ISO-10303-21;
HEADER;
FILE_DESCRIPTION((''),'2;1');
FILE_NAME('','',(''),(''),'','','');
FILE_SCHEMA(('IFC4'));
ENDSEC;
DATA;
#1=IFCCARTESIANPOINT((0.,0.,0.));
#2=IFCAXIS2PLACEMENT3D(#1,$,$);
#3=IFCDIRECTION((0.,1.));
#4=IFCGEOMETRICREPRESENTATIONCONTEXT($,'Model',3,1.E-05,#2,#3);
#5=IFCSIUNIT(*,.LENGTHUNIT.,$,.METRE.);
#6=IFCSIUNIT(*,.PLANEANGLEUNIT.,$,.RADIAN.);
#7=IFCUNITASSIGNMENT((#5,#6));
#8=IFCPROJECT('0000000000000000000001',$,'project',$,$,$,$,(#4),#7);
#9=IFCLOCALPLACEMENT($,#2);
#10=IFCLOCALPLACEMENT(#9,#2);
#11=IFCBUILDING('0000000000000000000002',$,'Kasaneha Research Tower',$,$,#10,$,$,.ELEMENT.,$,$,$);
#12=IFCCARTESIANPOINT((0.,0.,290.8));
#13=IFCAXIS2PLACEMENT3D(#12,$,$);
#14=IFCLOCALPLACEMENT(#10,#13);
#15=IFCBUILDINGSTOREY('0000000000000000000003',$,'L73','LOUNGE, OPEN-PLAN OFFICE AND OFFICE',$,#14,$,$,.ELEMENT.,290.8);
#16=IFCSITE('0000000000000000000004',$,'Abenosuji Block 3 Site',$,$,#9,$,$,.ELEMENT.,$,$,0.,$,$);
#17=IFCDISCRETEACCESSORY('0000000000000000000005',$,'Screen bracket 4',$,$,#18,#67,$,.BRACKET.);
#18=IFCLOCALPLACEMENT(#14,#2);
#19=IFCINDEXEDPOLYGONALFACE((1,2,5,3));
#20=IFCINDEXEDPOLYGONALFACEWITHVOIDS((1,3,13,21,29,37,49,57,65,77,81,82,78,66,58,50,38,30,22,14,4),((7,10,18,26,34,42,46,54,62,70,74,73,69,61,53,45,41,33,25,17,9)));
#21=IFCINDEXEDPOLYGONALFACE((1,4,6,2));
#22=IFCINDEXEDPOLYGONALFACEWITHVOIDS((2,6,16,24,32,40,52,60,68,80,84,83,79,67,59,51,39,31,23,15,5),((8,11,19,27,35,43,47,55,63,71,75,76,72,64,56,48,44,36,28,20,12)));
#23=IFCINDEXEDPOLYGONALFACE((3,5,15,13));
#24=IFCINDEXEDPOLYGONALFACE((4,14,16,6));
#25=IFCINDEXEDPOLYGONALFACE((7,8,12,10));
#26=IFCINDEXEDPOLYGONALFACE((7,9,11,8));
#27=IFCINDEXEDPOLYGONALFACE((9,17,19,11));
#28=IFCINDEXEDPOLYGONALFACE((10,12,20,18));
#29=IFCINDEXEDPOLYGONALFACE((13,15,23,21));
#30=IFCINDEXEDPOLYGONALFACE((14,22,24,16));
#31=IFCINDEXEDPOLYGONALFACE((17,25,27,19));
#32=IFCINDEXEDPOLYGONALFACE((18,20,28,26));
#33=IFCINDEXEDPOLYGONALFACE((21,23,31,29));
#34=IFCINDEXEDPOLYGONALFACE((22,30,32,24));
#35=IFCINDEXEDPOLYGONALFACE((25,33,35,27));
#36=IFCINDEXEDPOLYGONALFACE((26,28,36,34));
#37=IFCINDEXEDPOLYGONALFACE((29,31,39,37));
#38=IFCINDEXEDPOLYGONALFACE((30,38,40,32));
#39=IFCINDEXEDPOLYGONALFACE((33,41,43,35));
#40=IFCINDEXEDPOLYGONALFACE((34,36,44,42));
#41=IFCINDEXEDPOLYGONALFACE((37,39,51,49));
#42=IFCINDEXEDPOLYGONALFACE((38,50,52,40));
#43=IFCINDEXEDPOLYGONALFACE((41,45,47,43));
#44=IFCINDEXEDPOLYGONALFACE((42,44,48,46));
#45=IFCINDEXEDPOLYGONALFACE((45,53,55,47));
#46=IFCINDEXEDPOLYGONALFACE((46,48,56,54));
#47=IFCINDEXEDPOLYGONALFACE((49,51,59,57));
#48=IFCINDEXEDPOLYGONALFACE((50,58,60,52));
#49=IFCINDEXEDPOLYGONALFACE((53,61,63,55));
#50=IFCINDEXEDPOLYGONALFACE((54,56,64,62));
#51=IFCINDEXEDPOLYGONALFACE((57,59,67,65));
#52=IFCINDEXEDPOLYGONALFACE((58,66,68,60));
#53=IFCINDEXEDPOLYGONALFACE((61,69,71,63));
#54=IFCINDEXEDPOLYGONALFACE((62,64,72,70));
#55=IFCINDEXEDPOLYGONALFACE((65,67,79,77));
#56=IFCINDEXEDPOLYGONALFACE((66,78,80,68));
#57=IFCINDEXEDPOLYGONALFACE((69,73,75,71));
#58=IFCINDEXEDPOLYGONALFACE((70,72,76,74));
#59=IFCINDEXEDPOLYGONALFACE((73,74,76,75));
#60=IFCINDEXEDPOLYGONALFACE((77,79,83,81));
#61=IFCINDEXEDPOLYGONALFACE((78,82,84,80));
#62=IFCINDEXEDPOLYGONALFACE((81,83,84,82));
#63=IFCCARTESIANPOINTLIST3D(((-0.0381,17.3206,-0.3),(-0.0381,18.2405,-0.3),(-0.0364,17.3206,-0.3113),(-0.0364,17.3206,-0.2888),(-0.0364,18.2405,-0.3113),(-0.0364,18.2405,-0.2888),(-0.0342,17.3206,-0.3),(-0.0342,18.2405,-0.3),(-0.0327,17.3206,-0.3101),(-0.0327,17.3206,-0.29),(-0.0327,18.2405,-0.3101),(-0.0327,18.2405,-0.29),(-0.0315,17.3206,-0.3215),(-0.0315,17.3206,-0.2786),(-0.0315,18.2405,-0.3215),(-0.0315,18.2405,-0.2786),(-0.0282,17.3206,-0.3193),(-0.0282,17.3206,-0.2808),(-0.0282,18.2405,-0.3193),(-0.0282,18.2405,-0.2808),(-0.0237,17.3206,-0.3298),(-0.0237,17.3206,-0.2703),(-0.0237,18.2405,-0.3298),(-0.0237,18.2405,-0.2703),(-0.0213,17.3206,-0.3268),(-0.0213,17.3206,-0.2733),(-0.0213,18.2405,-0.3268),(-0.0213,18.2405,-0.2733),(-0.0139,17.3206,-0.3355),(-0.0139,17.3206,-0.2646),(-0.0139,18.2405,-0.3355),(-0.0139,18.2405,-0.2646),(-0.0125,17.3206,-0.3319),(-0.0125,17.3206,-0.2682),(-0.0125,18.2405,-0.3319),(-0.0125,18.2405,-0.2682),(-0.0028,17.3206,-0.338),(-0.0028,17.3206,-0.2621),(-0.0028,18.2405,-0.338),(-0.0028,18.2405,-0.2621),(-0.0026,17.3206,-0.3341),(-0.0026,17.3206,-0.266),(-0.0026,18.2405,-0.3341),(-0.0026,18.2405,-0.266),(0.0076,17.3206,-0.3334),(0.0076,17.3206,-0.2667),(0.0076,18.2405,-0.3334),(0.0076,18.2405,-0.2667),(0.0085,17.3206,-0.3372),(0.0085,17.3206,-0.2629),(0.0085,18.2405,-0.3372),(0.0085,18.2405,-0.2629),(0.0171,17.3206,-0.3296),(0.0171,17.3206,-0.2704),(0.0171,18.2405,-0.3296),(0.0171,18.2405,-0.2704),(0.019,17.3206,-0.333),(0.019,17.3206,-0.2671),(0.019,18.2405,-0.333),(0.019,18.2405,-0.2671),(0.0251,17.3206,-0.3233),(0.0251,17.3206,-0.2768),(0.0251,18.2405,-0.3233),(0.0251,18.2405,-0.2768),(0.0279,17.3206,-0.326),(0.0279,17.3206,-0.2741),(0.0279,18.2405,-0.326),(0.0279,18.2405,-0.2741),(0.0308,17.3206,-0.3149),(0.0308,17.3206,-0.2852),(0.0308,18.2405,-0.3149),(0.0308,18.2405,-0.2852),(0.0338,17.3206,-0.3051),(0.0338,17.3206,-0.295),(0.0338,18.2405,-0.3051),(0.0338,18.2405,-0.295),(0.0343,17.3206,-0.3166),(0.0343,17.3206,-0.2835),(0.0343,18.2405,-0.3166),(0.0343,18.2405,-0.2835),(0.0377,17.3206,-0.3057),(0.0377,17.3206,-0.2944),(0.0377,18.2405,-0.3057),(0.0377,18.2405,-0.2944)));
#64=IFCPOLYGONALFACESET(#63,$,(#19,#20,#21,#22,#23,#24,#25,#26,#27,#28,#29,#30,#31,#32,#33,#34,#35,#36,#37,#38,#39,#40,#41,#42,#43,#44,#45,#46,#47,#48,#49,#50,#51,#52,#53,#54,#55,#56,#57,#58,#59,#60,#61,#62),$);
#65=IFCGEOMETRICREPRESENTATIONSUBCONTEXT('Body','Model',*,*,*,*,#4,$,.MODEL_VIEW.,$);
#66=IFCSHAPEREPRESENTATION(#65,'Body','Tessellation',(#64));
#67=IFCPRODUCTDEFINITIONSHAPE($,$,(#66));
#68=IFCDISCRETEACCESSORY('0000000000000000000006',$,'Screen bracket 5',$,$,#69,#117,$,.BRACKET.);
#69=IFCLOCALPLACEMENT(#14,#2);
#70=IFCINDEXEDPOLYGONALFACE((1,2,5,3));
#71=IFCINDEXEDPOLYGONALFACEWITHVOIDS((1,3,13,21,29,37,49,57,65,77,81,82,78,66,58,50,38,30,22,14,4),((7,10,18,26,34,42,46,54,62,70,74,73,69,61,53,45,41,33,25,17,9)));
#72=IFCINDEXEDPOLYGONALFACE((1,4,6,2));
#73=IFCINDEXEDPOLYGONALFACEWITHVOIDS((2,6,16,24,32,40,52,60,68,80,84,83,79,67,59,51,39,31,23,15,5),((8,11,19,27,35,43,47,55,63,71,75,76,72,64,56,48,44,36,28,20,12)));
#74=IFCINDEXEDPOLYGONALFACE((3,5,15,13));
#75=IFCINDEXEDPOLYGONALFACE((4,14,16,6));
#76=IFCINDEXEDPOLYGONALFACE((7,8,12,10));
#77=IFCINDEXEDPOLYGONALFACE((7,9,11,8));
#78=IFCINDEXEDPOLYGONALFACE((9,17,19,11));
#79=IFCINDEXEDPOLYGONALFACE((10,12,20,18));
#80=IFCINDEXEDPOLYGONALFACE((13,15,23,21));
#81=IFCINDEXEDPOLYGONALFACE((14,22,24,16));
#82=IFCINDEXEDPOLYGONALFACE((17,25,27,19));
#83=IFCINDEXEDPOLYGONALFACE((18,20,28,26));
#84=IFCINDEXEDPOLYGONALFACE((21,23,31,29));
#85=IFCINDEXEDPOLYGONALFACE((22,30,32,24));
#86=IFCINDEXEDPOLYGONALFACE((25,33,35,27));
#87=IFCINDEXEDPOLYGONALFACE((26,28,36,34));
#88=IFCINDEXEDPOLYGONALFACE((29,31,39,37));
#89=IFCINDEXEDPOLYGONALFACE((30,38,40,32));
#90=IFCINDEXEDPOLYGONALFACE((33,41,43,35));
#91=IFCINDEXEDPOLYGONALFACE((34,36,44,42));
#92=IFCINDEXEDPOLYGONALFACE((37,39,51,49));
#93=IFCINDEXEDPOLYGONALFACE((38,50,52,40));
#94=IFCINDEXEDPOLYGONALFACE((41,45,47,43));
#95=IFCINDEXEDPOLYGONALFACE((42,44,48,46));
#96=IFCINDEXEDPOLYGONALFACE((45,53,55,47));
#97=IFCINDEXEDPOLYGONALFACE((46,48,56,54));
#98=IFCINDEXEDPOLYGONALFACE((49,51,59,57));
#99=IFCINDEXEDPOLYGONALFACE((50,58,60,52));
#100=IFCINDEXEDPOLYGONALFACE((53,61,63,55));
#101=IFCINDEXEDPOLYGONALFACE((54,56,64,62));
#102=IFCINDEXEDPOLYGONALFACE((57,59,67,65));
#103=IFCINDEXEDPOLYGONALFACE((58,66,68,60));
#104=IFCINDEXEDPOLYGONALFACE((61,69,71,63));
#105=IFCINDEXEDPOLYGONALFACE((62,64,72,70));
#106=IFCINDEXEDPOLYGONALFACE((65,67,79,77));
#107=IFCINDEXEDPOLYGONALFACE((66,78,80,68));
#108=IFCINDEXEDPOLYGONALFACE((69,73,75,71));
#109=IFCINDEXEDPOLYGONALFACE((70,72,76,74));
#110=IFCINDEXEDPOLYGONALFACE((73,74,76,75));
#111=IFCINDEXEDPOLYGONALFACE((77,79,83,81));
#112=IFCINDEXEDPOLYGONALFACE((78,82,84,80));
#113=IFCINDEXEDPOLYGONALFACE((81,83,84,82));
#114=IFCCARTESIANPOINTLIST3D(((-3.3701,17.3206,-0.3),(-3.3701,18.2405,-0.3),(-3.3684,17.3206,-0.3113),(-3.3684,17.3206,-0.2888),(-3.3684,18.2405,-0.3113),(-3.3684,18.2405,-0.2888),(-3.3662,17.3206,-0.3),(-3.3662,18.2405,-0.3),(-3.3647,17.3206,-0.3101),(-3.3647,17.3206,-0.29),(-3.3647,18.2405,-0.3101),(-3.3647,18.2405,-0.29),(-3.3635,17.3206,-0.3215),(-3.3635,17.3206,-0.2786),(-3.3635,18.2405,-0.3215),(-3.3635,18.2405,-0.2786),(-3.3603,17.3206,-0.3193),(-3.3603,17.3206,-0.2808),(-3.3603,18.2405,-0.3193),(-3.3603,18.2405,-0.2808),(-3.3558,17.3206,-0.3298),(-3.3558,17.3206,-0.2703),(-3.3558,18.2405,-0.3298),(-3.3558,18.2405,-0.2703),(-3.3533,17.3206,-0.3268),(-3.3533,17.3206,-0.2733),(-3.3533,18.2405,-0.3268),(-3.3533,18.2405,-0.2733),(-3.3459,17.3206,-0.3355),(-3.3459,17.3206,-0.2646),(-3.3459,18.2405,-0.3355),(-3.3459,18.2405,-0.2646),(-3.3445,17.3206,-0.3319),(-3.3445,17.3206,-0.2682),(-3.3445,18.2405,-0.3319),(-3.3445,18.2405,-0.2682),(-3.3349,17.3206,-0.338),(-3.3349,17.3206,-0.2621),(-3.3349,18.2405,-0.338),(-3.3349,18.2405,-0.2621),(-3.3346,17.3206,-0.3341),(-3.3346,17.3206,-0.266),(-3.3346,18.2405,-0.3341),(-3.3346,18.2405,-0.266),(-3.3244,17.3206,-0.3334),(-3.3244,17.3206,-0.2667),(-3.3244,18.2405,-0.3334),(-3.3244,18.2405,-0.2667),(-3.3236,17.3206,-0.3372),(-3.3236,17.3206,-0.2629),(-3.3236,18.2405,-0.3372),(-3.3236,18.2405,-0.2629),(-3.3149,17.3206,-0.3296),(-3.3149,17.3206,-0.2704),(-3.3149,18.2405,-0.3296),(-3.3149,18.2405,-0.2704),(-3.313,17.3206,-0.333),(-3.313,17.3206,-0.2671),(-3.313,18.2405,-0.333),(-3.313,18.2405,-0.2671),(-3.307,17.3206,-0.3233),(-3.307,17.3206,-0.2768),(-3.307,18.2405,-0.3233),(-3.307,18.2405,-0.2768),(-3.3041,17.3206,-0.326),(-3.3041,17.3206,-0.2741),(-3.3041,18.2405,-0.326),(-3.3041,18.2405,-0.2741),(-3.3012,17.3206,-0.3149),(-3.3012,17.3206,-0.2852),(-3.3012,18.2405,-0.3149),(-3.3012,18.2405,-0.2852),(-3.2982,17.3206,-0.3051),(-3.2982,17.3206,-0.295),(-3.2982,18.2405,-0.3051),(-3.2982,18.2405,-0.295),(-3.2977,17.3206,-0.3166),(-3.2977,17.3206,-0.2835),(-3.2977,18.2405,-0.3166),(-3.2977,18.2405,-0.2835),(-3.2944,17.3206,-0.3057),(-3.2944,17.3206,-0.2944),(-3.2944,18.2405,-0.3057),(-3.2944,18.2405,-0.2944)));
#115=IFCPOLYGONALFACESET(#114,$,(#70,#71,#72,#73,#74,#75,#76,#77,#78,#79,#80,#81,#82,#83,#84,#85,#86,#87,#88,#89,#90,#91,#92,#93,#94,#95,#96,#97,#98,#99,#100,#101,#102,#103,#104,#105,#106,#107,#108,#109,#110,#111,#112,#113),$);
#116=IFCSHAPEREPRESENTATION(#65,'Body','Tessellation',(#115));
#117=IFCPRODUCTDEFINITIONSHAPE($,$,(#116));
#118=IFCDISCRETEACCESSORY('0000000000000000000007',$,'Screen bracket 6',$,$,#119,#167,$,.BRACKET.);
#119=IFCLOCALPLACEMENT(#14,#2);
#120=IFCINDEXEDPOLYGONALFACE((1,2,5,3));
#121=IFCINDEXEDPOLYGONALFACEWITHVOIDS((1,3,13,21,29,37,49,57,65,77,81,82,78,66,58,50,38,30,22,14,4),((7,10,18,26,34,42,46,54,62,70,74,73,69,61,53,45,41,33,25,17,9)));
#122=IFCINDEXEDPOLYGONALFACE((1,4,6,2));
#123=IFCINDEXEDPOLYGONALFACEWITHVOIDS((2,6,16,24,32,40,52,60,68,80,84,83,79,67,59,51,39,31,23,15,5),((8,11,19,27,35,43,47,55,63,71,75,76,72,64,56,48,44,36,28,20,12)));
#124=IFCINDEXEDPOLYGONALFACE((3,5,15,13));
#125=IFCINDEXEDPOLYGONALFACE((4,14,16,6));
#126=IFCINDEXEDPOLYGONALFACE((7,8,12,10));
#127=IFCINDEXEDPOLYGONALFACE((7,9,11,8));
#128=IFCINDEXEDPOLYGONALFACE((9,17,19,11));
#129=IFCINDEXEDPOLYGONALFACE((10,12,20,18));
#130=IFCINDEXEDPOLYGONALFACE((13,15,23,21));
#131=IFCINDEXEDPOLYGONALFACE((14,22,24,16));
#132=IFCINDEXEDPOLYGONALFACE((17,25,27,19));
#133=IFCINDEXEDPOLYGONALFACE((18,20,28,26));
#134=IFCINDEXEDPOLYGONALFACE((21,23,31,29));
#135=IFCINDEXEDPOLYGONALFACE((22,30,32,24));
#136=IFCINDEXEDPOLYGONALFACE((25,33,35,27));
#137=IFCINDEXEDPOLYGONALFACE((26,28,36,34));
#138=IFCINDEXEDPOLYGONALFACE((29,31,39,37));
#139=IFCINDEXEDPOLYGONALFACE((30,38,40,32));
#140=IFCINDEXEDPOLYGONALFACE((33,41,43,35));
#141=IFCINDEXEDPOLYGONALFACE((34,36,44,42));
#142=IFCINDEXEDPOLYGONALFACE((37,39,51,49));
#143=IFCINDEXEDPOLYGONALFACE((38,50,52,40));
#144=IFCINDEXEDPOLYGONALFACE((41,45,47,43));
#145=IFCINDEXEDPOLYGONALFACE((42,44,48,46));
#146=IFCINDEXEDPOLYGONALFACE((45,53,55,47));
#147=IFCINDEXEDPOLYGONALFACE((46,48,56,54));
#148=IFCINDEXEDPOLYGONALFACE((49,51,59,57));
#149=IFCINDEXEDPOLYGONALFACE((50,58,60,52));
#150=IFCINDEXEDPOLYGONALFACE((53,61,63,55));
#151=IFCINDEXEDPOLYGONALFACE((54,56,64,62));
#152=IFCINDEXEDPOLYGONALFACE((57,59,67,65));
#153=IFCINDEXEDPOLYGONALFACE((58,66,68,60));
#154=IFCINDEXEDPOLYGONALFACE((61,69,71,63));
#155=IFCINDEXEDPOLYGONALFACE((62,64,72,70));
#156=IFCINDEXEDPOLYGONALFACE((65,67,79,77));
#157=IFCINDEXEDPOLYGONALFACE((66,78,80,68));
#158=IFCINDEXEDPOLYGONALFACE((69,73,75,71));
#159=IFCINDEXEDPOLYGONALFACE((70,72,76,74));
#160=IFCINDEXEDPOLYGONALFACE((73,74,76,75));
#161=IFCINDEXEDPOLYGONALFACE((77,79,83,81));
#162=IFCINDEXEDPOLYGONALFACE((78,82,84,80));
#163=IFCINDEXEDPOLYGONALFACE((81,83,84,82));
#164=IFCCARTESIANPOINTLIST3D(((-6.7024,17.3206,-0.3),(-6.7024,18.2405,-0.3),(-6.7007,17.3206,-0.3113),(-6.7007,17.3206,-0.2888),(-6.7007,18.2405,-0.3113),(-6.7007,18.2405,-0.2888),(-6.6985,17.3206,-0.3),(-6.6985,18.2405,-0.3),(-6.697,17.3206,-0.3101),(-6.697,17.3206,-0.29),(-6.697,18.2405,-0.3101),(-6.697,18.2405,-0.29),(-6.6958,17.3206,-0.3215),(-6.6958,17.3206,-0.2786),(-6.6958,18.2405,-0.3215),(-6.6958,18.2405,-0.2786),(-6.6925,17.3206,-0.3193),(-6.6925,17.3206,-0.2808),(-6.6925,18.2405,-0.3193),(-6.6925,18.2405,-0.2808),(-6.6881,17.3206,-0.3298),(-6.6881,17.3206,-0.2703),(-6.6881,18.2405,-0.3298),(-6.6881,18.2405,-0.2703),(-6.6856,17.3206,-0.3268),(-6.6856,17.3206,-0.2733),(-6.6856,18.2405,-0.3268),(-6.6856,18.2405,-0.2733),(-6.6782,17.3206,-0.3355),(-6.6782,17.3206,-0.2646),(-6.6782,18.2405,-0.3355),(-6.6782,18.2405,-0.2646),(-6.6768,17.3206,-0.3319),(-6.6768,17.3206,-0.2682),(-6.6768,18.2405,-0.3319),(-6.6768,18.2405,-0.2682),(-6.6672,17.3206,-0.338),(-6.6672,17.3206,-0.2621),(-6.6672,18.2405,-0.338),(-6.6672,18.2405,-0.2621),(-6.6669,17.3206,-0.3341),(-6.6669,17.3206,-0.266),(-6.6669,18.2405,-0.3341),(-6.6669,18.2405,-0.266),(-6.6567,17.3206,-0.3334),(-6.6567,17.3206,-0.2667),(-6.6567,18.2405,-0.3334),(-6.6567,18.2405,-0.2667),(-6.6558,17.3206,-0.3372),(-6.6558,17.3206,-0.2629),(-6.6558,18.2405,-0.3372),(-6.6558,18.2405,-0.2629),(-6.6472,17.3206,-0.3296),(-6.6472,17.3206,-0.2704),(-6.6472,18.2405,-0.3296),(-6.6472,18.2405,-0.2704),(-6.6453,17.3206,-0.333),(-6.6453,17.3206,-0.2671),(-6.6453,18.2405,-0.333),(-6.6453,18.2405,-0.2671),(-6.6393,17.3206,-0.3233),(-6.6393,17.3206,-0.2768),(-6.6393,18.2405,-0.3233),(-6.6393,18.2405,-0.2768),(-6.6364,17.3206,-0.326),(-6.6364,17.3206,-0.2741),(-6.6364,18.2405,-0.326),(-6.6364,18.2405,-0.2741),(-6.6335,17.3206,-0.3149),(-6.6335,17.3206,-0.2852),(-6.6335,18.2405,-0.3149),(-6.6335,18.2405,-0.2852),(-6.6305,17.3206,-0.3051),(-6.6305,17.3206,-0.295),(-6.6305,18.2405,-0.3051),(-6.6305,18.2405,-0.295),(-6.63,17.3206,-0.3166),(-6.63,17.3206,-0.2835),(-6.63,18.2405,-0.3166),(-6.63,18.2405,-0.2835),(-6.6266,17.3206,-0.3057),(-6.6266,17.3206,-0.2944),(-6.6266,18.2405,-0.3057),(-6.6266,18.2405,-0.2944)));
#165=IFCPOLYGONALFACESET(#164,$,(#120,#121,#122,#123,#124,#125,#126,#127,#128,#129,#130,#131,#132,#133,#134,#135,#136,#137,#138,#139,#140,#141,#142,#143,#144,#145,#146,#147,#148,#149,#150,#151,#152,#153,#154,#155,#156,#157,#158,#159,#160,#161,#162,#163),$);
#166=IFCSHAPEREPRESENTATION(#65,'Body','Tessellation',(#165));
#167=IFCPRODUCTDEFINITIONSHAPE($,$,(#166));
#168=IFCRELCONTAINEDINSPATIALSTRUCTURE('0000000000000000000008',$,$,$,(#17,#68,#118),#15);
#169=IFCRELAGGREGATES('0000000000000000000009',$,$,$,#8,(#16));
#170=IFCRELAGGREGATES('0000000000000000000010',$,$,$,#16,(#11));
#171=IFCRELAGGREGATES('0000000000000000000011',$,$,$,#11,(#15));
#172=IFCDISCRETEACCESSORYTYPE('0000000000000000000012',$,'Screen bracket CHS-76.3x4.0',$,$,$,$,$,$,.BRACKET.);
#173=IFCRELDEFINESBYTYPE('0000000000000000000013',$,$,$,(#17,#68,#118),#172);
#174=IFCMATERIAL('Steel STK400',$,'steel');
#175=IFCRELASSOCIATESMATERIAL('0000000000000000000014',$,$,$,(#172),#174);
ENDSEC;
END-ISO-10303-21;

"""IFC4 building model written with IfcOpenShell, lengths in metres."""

from ifc_helpers import new_model, si_unit, direction, frame, origin, origin_2d, place, context, subcontext, project, spatial, hollow_circle, extrude, material, material_profile, profile_set, type_object, element, save


model = new_model("IFC4")

# Units and contexts
model_context = context("Model", 3, precision=1e-05, world=origin(), true_north=direction((0.0, 1.0)))
body_context = subcontext(model_context, "Body", "Model", "MODEL_VIEW")
ifc_project = project(units=[si_unit("LENGTHUNIT", "METRE"), si_unit("PLANEANGLEUNIT", "RADIAN")], contexts=[model_context])

# Site, building, storey
site_placement = place(None, origin())
site = spatial("IfcSite", under=ifc_project, at=site_placement, Name="Abenosuji Block 3 Site", CompositionType="ELEMENT", RefElevation=0.0)
building_placement = place(site_placement, origin())
building = spatial("IfcBuilding", under=site, at=building_placement, Name="Kasaneha Research Tower", CompositionType="ELEMENT")
storey_placement = place(building_placement, frame((0.0, 0.0, 290.8)))
storey = spatial("IfcBuildingStorey", under=building, at=storey_placement, Name="L73", Description="LOUNGE, OPEN-PLAN OFFICE AND OFFICE", CompositionType="ELEMENT", Elevation=290.8)

# Discrete accessories
ifc_material_1 = material(Name="Steel STK400", Category="steel")
ifc_material_profile_1 = material_profile(ifc_material_1, hollow_circle(Radius=0.0381, WallThickness=0.0039, at=origin_2d()), Name="CHS-76.3x4.0")
ifc_profile_set_1 = profile_set([ifc_material_profile_1], Name="Steel STK400")
discrete_accessory_type = type_object("IfcDiscreteAccessoryType", Name="Screen bracket CHS-76.3x4.0", PredefinedType="BRACKET", material=ifc_profile_set_1)
for number, where, z_axis, x_axis, name in (
    (1, (0.0, 17.3206, -0.3), (0.0, 1.0, 0.0), (-1.0, 0.0, 0.0), "Screen bracket 4"),
    (2, (-3.332, 17.3206, -0.3), (0.0, 1.0, 0.0), (-1.0, 0.0, 0.0), "Screen bracket 5"),
    (3, (-6.6643, 17.3206, -0.3), (0.0, 1.0, 0.0), (-1.0, 0.0, 0.0), "Screen bracket 6"),
):
    element("IfcDiscreteAccessory", number, at=place(storey_placement, frame(where, z_axis=z_axis, x_axis=x_axis)), inside=storey, type_object=discrete_accessory_type, Name=name, PredefinedType="BRACKET", context=body_context, shape_type="SweptSolid", body=[
        extrude(hollow_circle(Radius=0.0381, WallThickness=0.0039, at=origin_2d()), origin(), (0.0, 0.0, 1.0), 0.9199),
    ])

save(model, "model.ifc")
